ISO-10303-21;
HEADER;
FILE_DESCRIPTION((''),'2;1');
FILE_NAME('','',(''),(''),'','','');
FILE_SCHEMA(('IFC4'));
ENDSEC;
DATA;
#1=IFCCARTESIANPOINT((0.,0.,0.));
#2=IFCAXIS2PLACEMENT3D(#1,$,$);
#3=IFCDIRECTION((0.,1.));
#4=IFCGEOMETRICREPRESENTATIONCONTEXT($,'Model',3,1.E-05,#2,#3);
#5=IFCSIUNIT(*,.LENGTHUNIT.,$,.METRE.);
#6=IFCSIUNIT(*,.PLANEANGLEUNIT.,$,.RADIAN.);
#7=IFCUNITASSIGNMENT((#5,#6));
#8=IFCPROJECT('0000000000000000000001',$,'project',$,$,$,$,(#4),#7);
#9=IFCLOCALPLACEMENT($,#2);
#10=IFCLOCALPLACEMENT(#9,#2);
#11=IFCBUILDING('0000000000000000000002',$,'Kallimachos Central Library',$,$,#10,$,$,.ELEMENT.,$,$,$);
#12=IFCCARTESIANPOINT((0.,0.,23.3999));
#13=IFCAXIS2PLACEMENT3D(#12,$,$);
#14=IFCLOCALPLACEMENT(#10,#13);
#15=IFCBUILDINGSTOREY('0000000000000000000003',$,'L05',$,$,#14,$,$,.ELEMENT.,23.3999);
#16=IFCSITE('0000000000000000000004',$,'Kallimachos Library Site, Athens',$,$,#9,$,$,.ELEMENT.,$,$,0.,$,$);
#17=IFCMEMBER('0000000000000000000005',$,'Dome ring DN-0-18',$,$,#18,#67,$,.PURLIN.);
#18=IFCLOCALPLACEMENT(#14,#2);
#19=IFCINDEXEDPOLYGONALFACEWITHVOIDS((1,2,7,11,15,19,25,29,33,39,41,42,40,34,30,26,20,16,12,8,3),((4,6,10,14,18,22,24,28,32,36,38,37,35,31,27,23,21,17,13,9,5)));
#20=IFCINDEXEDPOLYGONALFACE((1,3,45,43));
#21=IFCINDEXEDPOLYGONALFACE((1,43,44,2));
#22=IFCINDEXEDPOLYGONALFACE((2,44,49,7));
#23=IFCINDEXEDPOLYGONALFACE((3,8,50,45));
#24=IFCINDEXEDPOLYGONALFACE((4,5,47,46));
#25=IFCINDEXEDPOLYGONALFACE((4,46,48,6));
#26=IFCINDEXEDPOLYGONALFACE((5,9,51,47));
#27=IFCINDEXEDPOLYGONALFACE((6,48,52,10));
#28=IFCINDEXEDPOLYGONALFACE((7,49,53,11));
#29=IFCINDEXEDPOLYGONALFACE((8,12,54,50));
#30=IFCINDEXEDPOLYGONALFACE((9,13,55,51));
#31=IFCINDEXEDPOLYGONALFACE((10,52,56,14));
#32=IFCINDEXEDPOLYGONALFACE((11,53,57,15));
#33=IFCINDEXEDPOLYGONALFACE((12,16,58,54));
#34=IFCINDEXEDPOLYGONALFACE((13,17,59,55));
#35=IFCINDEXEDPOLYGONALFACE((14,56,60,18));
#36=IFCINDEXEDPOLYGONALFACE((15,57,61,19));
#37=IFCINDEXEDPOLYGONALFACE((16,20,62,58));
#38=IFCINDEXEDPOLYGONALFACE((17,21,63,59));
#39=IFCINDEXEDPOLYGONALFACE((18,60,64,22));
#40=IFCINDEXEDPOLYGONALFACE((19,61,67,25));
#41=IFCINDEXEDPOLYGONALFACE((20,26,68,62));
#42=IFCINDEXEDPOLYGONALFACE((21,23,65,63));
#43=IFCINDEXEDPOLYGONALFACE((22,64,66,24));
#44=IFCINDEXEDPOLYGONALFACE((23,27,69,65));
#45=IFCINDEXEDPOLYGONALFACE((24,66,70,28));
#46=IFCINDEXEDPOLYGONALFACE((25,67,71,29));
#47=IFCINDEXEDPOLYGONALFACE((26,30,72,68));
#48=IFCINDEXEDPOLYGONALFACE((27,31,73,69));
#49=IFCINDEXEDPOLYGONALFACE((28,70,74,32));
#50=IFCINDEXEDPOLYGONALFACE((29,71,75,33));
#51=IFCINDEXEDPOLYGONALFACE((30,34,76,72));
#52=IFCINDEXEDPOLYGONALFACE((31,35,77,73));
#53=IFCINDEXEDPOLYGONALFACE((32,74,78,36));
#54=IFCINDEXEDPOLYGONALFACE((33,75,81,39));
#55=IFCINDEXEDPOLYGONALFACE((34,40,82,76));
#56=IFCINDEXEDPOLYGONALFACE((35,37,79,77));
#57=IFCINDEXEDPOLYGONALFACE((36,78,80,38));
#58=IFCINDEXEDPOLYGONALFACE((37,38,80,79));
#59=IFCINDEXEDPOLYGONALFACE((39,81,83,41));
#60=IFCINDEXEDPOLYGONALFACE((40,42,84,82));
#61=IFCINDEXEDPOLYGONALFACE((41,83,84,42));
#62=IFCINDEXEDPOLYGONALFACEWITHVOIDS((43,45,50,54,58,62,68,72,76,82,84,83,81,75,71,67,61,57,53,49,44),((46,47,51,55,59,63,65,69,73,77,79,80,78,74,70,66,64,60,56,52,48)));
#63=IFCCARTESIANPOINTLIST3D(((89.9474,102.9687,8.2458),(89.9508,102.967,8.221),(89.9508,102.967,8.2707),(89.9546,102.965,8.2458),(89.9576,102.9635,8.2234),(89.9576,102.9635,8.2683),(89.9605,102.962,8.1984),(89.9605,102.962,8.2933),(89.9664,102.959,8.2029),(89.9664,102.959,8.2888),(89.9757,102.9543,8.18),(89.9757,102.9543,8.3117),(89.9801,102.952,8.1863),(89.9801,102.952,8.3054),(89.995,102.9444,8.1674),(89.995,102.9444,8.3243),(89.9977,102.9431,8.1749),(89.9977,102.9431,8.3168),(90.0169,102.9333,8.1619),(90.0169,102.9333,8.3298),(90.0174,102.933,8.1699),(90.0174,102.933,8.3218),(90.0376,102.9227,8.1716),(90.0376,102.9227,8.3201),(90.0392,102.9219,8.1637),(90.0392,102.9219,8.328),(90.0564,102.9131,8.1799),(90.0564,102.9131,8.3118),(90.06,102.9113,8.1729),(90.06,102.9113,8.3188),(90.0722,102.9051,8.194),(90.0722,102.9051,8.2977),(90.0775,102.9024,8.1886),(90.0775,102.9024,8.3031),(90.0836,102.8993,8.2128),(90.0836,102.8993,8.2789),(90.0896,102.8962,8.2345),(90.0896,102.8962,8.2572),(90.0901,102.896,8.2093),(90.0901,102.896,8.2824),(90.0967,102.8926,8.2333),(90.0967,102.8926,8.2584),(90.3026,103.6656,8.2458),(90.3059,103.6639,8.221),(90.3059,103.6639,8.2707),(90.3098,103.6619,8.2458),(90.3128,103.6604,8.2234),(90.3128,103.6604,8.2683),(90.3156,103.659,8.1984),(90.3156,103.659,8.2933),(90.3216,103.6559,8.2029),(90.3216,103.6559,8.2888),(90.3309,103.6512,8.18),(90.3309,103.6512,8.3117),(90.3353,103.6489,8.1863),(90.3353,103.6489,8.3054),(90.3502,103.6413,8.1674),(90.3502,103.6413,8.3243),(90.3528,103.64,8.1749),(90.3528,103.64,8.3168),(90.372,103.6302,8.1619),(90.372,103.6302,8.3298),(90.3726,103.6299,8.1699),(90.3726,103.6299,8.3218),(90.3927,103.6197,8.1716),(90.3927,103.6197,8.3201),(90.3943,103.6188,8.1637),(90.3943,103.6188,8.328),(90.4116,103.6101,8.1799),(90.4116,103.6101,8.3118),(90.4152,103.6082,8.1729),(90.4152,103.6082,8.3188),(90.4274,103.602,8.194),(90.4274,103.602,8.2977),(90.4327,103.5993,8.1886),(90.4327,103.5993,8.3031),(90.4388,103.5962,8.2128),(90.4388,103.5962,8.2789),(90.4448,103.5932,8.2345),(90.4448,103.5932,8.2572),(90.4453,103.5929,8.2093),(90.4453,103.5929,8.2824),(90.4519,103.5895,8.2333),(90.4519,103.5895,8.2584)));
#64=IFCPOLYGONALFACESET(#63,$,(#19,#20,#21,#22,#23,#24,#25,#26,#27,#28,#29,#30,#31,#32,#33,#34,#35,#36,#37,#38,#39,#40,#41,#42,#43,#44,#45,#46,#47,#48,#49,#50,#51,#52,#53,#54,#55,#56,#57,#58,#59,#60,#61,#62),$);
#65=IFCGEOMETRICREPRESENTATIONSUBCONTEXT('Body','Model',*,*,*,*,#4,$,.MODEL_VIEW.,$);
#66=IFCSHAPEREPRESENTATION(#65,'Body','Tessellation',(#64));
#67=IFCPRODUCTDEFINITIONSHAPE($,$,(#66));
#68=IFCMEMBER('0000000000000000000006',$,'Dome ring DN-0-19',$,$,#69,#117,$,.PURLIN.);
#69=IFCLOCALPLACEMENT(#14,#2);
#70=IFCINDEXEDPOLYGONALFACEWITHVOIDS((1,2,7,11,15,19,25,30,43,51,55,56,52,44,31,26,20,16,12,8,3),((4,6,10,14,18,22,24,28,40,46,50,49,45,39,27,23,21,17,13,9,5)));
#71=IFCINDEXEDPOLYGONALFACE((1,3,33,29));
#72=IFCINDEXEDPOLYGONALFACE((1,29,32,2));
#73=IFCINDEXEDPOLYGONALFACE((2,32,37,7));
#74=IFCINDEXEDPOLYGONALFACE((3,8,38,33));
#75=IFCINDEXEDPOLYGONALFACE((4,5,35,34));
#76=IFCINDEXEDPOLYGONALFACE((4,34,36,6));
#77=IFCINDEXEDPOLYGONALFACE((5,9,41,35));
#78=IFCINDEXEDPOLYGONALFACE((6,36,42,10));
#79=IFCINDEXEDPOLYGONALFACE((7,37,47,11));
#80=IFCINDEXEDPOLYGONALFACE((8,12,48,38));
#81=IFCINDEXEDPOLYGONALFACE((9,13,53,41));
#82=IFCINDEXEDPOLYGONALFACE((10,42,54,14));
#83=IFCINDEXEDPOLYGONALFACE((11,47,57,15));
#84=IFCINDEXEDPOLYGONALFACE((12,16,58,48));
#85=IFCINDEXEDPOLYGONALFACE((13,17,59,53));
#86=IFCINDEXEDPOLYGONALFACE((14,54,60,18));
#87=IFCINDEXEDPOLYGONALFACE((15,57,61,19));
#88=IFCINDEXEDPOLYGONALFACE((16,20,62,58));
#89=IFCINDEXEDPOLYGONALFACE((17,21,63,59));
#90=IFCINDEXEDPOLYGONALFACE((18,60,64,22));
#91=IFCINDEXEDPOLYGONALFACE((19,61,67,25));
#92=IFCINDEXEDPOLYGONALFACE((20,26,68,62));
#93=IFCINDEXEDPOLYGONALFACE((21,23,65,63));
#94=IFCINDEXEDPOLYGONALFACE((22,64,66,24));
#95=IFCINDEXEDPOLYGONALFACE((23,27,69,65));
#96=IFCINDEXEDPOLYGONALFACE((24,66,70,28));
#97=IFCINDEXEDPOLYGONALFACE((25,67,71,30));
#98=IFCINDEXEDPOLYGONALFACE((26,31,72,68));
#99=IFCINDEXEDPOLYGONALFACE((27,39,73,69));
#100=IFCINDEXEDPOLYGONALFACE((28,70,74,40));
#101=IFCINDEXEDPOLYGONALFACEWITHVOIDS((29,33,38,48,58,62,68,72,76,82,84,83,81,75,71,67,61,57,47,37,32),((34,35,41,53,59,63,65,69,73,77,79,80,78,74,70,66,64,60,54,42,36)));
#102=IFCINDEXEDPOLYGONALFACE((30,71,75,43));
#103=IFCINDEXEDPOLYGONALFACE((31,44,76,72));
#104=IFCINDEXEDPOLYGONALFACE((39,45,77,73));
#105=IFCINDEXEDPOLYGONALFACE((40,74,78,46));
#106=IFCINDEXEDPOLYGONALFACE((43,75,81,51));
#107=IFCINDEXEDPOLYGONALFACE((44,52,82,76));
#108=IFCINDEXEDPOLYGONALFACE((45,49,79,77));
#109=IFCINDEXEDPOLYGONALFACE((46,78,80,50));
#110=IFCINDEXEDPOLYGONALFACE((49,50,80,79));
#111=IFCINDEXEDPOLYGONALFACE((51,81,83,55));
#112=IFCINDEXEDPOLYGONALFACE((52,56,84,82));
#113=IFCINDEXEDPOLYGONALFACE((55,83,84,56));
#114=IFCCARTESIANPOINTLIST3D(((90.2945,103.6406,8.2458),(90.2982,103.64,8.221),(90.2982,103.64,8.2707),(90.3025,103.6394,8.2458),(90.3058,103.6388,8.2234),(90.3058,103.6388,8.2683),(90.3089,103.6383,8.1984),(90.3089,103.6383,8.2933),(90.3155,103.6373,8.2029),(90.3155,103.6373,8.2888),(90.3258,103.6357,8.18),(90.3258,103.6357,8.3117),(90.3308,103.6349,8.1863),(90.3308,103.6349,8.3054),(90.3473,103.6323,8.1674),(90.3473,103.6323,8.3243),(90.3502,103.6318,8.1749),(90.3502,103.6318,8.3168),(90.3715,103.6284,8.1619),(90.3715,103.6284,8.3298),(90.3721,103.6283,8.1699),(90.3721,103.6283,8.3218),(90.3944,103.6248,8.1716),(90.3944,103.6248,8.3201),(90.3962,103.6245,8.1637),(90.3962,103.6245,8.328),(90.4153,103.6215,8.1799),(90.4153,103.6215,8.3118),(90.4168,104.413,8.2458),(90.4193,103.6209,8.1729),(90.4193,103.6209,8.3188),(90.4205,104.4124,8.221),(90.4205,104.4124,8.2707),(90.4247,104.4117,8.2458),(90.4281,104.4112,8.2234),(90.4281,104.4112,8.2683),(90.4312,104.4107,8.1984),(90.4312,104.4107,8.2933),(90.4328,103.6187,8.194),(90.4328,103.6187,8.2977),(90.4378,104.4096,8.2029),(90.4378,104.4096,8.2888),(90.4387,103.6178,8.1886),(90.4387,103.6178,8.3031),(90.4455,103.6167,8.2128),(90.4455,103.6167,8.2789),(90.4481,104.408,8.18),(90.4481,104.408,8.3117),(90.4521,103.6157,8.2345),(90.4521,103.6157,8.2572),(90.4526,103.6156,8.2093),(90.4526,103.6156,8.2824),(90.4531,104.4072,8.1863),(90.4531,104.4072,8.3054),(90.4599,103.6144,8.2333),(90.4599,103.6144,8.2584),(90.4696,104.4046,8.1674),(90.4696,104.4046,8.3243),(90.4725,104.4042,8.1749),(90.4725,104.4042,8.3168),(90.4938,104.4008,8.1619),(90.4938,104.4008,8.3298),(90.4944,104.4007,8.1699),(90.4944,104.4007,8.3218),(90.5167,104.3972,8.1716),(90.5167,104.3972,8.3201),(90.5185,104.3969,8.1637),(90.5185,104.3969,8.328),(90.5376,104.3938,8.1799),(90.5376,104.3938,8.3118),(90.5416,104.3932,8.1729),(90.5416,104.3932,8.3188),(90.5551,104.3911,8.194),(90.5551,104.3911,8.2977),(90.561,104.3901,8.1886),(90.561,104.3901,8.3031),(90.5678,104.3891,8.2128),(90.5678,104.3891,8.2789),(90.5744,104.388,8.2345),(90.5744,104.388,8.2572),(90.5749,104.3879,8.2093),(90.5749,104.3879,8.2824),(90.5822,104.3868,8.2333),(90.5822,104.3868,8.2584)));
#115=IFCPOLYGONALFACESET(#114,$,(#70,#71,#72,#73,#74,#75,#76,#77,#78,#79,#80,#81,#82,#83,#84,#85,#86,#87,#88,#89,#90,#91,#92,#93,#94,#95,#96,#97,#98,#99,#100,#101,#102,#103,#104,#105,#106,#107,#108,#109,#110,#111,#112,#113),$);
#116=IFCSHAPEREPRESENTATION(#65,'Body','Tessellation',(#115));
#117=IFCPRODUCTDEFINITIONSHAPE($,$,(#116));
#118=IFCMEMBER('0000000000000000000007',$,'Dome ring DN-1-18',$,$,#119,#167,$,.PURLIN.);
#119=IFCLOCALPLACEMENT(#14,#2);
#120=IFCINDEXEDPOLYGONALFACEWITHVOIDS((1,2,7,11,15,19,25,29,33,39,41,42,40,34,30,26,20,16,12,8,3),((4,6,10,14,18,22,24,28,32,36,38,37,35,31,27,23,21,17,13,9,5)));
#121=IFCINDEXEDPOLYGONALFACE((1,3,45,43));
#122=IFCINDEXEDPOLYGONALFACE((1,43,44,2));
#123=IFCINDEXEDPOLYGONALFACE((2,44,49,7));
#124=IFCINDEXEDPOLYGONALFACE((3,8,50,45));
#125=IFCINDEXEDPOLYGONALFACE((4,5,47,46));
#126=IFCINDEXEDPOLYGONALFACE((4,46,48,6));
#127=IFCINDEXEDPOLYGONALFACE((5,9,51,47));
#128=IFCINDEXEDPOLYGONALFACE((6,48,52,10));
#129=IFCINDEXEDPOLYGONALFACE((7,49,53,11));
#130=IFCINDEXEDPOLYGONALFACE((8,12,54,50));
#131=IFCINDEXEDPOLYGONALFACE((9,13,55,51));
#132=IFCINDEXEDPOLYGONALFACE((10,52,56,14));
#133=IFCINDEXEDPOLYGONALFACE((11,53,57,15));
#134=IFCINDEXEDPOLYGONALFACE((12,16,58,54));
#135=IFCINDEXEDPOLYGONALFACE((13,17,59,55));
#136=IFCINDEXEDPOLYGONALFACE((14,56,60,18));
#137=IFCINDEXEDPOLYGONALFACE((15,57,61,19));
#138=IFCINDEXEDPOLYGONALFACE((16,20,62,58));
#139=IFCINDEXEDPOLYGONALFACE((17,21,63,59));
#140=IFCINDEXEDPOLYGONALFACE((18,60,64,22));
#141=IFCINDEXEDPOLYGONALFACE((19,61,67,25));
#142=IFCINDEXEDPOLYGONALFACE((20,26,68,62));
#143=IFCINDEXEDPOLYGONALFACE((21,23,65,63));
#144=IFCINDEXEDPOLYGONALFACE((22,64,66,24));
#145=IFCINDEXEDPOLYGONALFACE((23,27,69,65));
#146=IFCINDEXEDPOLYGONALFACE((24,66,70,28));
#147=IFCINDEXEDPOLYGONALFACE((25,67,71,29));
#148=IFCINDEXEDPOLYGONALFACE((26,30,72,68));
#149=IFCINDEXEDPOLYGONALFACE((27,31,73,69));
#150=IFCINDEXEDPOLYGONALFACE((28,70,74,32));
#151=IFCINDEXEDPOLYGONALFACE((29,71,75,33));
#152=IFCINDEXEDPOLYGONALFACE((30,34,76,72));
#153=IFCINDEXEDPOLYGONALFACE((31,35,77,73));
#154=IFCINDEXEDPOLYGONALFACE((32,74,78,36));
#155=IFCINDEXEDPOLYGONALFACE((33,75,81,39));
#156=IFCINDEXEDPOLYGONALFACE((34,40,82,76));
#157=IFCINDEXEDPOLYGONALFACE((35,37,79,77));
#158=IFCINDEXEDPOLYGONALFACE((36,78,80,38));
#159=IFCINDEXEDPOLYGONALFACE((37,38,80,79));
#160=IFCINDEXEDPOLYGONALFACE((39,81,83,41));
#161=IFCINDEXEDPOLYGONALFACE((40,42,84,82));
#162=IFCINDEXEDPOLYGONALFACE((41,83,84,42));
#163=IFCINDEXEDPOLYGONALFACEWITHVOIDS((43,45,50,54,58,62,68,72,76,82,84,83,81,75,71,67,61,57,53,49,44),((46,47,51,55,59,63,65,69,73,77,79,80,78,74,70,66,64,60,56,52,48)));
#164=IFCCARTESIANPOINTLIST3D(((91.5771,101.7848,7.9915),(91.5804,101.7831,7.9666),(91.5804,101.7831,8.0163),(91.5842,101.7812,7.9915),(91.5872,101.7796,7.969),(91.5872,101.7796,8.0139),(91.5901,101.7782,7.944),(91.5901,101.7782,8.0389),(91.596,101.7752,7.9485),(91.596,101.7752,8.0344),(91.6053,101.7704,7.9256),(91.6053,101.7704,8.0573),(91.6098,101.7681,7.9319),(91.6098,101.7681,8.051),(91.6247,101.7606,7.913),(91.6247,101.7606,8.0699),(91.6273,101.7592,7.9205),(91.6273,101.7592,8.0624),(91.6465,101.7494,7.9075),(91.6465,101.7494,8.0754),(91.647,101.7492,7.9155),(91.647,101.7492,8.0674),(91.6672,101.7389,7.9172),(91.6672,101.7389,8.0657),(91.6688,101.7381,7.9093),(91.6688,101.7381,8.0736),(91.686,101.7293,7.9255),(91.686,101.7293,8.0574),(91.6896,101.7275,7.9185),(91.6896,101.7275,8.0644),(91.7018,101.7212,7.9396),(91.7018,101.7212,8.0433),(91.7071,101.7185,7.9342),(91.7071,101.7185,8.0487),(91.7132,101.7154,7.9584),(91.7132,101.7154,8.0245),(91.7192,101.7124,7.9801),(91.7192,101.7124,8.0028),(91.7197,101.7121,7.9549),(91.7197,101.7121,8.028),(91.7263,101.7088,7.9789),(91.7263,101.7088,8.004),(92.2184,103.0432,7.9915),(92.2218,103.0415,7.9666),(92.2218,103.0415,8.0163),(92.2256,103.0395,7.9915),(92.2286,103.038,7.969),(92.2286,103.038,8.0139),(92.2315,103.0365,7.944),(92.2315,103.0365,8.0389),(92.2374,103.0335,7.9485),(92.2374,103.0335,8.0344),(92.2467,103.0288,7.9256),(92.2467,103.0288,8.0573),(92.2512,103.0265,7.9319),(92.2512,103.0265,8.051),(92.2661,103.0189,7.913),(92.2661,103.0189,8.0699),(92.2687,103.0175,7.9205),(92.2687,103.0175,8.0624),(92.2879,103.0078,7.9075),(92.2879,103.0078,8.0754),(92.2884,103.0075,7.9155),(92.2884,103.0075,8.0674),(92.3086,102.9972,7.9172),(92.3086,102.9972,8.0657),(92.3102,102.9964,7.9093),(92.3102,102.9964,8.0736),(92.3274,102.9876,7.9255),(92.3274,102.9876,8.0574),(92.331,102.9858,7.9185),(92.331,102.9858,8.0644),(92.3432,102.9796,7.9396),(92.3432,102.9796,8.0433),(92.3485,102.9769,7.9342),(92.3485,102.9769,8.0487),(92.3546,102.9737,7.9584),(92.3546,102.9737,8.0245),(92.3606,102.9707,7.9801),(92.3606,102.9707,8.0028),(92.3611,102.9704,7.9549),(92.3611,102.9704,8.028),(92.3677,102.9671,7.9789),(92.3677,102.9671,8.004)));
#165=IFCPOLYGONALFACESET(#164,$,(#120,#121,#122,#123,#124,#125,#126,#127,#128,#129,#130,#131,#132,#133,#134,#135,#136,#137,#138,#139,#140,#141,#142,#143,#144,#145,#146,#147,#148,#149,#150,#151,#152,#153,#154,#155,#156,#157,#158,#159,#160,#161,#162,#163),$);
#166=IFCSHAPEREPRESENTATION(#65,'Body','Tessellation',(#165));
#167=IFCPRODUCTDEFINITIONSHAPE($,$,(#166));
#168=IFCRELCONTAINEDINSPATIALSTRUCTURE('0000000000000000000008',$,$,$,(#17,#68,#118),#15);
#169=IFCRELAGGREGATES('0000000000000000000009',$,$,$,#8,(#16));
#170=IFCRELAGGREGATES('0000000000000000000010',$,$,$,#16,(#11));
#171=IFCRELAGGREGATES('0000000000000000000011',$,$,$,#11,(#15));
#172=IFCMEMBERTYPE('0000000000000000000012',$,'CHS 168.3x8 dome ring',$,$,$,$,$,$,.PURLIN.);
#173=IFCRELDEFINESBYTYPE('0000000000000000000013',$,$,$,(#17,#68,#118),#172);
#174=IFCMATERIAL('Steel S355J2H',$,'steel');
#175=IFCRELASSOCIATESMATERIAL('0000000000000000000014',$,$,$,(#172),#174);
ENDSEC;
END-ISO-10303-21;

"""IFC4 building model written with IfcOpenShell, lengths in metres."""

from ifc_helpers import new_model, si_unit, direction, frame, origin, origin_2d, place, context, subcontext, project, spatial, hollow_circle, extrude, material, material_profile, profile_set, type_object, element, save


model = new_model("IFC4")

# Units and contexts
model_context = context("Model", 3, precision=1e-05, world=origin(), true_north=direction((0.0, 1.0)))
body_context = subcontext(model_context, "Body", "Model", "MODEL_VIEW")
ifc_project = project(units=[si_unit("LENGTHUNIT", "METRE"), si_unit("PLANEANGLEUNIT", "RADIAN")], contexts=[model_context])

# Site, building, storey
site_placement = place(None, origin())
site = spatial("IfcSite", under=ifc_project, at=site_placement, Name="Kallimachos Library Site, Athens", CompositionType="ELEMENT", RefElevation=0.0)
building_placement = place(site_placement, origin())
building = spatial("IfcBuilding", under=site, at=building_placement, Name="Kallimachos Central Library", CompositionType="ELEMENT")
storey_placement = place(building_placement, frame((0.0, 0.0, 23.3999)))
storey = spatial("IfcBuildingStorey", under=building, at=storey_placement, Name="L05", CompositionType="ELEMENT", Elevation=23.3999)

# Members
ifc_material_1 = material(Name="Steel S355J2H", Category="steel")
ifc_material_profile_1 = material_profile(ifc_material_1, hollow_circle(Radius=0.0842, WallThickness=0.0081, at=origin_2d()), Name="CHS 168.3x8")
ifc_profile_set_1 = profile_set([ifc_material_profile_1], Name="Steel S355J2H")
member_type_1 = type_object("IfcMemberType", Name="CHS 168.3x8 dome ring", PredefinedType="PURLIN", material=ifc_profile_set_1)
member_1_placement = place(storey_placement, frame((90.0225, 102.9304, 8.2458), z_axis=(0.454066, 0.890968, 0.0), x_axis=(-0.890968, 0.454066, 0.0)))
element("IfcMember", 1, at=member_1_placement, inside=storey, type_object=member_type_1, Name="Dome ring DN-0-18", PredefinedType="PURLIN", context=body_context, shape_type="SweptSolid", body=[
    extrude(hollow_circle(Radius=0.0842, WallThickness=0.0081, at=origin_2d()), origin(), (0.0, 0.0, 1.0), 0.7822),
])
member_2_placement = place(storey_placement, frame((90.3777, 103.6274, 8.2458), z_axis=(0.156395, 0.987695, 0.0), x_axis=(-0.987695, 0.156395, 0.0)))
element("IfcMember", 2, at=member_2_placement, inside=storey, type_object=member_type_1, Name="Dome ring DN-0-19", PredefinedType="PURLIN", context=body_context, shape_type="SweptSolid", body=[
    extrude(hollow_circle(Radius=0.0842, WallThickness=0.0081, at=origin_2d()), origin(), (0.0, 0.0, 1.0), 0.782),
])
for number, where, z_axis, x_axis, name in (
    (3, (91.6521, 101.7466, 7.9915), (0.454115, 0.890943, 0.0), (-0.890943, 0.454115, 0.0), "Dome ring DN-1-18"),
):
    element("IfcMember", number, at=place(storey_placement, frame(where, z_axis=z_axis, x_axis=x_axis)), inside=storey, type_object=member_type_1, Name=name, PredefinedType="PURLIN", context=body_context, shape_type="SweptSolid", body=[
        extrude(hollow_circle(Radius=0.0842, WallThickness=0.0081, at=origin_2d()), origin(), (0.0, 0.0, 1.0), 1.4124),
    ])

save(model, "model.ifc")
